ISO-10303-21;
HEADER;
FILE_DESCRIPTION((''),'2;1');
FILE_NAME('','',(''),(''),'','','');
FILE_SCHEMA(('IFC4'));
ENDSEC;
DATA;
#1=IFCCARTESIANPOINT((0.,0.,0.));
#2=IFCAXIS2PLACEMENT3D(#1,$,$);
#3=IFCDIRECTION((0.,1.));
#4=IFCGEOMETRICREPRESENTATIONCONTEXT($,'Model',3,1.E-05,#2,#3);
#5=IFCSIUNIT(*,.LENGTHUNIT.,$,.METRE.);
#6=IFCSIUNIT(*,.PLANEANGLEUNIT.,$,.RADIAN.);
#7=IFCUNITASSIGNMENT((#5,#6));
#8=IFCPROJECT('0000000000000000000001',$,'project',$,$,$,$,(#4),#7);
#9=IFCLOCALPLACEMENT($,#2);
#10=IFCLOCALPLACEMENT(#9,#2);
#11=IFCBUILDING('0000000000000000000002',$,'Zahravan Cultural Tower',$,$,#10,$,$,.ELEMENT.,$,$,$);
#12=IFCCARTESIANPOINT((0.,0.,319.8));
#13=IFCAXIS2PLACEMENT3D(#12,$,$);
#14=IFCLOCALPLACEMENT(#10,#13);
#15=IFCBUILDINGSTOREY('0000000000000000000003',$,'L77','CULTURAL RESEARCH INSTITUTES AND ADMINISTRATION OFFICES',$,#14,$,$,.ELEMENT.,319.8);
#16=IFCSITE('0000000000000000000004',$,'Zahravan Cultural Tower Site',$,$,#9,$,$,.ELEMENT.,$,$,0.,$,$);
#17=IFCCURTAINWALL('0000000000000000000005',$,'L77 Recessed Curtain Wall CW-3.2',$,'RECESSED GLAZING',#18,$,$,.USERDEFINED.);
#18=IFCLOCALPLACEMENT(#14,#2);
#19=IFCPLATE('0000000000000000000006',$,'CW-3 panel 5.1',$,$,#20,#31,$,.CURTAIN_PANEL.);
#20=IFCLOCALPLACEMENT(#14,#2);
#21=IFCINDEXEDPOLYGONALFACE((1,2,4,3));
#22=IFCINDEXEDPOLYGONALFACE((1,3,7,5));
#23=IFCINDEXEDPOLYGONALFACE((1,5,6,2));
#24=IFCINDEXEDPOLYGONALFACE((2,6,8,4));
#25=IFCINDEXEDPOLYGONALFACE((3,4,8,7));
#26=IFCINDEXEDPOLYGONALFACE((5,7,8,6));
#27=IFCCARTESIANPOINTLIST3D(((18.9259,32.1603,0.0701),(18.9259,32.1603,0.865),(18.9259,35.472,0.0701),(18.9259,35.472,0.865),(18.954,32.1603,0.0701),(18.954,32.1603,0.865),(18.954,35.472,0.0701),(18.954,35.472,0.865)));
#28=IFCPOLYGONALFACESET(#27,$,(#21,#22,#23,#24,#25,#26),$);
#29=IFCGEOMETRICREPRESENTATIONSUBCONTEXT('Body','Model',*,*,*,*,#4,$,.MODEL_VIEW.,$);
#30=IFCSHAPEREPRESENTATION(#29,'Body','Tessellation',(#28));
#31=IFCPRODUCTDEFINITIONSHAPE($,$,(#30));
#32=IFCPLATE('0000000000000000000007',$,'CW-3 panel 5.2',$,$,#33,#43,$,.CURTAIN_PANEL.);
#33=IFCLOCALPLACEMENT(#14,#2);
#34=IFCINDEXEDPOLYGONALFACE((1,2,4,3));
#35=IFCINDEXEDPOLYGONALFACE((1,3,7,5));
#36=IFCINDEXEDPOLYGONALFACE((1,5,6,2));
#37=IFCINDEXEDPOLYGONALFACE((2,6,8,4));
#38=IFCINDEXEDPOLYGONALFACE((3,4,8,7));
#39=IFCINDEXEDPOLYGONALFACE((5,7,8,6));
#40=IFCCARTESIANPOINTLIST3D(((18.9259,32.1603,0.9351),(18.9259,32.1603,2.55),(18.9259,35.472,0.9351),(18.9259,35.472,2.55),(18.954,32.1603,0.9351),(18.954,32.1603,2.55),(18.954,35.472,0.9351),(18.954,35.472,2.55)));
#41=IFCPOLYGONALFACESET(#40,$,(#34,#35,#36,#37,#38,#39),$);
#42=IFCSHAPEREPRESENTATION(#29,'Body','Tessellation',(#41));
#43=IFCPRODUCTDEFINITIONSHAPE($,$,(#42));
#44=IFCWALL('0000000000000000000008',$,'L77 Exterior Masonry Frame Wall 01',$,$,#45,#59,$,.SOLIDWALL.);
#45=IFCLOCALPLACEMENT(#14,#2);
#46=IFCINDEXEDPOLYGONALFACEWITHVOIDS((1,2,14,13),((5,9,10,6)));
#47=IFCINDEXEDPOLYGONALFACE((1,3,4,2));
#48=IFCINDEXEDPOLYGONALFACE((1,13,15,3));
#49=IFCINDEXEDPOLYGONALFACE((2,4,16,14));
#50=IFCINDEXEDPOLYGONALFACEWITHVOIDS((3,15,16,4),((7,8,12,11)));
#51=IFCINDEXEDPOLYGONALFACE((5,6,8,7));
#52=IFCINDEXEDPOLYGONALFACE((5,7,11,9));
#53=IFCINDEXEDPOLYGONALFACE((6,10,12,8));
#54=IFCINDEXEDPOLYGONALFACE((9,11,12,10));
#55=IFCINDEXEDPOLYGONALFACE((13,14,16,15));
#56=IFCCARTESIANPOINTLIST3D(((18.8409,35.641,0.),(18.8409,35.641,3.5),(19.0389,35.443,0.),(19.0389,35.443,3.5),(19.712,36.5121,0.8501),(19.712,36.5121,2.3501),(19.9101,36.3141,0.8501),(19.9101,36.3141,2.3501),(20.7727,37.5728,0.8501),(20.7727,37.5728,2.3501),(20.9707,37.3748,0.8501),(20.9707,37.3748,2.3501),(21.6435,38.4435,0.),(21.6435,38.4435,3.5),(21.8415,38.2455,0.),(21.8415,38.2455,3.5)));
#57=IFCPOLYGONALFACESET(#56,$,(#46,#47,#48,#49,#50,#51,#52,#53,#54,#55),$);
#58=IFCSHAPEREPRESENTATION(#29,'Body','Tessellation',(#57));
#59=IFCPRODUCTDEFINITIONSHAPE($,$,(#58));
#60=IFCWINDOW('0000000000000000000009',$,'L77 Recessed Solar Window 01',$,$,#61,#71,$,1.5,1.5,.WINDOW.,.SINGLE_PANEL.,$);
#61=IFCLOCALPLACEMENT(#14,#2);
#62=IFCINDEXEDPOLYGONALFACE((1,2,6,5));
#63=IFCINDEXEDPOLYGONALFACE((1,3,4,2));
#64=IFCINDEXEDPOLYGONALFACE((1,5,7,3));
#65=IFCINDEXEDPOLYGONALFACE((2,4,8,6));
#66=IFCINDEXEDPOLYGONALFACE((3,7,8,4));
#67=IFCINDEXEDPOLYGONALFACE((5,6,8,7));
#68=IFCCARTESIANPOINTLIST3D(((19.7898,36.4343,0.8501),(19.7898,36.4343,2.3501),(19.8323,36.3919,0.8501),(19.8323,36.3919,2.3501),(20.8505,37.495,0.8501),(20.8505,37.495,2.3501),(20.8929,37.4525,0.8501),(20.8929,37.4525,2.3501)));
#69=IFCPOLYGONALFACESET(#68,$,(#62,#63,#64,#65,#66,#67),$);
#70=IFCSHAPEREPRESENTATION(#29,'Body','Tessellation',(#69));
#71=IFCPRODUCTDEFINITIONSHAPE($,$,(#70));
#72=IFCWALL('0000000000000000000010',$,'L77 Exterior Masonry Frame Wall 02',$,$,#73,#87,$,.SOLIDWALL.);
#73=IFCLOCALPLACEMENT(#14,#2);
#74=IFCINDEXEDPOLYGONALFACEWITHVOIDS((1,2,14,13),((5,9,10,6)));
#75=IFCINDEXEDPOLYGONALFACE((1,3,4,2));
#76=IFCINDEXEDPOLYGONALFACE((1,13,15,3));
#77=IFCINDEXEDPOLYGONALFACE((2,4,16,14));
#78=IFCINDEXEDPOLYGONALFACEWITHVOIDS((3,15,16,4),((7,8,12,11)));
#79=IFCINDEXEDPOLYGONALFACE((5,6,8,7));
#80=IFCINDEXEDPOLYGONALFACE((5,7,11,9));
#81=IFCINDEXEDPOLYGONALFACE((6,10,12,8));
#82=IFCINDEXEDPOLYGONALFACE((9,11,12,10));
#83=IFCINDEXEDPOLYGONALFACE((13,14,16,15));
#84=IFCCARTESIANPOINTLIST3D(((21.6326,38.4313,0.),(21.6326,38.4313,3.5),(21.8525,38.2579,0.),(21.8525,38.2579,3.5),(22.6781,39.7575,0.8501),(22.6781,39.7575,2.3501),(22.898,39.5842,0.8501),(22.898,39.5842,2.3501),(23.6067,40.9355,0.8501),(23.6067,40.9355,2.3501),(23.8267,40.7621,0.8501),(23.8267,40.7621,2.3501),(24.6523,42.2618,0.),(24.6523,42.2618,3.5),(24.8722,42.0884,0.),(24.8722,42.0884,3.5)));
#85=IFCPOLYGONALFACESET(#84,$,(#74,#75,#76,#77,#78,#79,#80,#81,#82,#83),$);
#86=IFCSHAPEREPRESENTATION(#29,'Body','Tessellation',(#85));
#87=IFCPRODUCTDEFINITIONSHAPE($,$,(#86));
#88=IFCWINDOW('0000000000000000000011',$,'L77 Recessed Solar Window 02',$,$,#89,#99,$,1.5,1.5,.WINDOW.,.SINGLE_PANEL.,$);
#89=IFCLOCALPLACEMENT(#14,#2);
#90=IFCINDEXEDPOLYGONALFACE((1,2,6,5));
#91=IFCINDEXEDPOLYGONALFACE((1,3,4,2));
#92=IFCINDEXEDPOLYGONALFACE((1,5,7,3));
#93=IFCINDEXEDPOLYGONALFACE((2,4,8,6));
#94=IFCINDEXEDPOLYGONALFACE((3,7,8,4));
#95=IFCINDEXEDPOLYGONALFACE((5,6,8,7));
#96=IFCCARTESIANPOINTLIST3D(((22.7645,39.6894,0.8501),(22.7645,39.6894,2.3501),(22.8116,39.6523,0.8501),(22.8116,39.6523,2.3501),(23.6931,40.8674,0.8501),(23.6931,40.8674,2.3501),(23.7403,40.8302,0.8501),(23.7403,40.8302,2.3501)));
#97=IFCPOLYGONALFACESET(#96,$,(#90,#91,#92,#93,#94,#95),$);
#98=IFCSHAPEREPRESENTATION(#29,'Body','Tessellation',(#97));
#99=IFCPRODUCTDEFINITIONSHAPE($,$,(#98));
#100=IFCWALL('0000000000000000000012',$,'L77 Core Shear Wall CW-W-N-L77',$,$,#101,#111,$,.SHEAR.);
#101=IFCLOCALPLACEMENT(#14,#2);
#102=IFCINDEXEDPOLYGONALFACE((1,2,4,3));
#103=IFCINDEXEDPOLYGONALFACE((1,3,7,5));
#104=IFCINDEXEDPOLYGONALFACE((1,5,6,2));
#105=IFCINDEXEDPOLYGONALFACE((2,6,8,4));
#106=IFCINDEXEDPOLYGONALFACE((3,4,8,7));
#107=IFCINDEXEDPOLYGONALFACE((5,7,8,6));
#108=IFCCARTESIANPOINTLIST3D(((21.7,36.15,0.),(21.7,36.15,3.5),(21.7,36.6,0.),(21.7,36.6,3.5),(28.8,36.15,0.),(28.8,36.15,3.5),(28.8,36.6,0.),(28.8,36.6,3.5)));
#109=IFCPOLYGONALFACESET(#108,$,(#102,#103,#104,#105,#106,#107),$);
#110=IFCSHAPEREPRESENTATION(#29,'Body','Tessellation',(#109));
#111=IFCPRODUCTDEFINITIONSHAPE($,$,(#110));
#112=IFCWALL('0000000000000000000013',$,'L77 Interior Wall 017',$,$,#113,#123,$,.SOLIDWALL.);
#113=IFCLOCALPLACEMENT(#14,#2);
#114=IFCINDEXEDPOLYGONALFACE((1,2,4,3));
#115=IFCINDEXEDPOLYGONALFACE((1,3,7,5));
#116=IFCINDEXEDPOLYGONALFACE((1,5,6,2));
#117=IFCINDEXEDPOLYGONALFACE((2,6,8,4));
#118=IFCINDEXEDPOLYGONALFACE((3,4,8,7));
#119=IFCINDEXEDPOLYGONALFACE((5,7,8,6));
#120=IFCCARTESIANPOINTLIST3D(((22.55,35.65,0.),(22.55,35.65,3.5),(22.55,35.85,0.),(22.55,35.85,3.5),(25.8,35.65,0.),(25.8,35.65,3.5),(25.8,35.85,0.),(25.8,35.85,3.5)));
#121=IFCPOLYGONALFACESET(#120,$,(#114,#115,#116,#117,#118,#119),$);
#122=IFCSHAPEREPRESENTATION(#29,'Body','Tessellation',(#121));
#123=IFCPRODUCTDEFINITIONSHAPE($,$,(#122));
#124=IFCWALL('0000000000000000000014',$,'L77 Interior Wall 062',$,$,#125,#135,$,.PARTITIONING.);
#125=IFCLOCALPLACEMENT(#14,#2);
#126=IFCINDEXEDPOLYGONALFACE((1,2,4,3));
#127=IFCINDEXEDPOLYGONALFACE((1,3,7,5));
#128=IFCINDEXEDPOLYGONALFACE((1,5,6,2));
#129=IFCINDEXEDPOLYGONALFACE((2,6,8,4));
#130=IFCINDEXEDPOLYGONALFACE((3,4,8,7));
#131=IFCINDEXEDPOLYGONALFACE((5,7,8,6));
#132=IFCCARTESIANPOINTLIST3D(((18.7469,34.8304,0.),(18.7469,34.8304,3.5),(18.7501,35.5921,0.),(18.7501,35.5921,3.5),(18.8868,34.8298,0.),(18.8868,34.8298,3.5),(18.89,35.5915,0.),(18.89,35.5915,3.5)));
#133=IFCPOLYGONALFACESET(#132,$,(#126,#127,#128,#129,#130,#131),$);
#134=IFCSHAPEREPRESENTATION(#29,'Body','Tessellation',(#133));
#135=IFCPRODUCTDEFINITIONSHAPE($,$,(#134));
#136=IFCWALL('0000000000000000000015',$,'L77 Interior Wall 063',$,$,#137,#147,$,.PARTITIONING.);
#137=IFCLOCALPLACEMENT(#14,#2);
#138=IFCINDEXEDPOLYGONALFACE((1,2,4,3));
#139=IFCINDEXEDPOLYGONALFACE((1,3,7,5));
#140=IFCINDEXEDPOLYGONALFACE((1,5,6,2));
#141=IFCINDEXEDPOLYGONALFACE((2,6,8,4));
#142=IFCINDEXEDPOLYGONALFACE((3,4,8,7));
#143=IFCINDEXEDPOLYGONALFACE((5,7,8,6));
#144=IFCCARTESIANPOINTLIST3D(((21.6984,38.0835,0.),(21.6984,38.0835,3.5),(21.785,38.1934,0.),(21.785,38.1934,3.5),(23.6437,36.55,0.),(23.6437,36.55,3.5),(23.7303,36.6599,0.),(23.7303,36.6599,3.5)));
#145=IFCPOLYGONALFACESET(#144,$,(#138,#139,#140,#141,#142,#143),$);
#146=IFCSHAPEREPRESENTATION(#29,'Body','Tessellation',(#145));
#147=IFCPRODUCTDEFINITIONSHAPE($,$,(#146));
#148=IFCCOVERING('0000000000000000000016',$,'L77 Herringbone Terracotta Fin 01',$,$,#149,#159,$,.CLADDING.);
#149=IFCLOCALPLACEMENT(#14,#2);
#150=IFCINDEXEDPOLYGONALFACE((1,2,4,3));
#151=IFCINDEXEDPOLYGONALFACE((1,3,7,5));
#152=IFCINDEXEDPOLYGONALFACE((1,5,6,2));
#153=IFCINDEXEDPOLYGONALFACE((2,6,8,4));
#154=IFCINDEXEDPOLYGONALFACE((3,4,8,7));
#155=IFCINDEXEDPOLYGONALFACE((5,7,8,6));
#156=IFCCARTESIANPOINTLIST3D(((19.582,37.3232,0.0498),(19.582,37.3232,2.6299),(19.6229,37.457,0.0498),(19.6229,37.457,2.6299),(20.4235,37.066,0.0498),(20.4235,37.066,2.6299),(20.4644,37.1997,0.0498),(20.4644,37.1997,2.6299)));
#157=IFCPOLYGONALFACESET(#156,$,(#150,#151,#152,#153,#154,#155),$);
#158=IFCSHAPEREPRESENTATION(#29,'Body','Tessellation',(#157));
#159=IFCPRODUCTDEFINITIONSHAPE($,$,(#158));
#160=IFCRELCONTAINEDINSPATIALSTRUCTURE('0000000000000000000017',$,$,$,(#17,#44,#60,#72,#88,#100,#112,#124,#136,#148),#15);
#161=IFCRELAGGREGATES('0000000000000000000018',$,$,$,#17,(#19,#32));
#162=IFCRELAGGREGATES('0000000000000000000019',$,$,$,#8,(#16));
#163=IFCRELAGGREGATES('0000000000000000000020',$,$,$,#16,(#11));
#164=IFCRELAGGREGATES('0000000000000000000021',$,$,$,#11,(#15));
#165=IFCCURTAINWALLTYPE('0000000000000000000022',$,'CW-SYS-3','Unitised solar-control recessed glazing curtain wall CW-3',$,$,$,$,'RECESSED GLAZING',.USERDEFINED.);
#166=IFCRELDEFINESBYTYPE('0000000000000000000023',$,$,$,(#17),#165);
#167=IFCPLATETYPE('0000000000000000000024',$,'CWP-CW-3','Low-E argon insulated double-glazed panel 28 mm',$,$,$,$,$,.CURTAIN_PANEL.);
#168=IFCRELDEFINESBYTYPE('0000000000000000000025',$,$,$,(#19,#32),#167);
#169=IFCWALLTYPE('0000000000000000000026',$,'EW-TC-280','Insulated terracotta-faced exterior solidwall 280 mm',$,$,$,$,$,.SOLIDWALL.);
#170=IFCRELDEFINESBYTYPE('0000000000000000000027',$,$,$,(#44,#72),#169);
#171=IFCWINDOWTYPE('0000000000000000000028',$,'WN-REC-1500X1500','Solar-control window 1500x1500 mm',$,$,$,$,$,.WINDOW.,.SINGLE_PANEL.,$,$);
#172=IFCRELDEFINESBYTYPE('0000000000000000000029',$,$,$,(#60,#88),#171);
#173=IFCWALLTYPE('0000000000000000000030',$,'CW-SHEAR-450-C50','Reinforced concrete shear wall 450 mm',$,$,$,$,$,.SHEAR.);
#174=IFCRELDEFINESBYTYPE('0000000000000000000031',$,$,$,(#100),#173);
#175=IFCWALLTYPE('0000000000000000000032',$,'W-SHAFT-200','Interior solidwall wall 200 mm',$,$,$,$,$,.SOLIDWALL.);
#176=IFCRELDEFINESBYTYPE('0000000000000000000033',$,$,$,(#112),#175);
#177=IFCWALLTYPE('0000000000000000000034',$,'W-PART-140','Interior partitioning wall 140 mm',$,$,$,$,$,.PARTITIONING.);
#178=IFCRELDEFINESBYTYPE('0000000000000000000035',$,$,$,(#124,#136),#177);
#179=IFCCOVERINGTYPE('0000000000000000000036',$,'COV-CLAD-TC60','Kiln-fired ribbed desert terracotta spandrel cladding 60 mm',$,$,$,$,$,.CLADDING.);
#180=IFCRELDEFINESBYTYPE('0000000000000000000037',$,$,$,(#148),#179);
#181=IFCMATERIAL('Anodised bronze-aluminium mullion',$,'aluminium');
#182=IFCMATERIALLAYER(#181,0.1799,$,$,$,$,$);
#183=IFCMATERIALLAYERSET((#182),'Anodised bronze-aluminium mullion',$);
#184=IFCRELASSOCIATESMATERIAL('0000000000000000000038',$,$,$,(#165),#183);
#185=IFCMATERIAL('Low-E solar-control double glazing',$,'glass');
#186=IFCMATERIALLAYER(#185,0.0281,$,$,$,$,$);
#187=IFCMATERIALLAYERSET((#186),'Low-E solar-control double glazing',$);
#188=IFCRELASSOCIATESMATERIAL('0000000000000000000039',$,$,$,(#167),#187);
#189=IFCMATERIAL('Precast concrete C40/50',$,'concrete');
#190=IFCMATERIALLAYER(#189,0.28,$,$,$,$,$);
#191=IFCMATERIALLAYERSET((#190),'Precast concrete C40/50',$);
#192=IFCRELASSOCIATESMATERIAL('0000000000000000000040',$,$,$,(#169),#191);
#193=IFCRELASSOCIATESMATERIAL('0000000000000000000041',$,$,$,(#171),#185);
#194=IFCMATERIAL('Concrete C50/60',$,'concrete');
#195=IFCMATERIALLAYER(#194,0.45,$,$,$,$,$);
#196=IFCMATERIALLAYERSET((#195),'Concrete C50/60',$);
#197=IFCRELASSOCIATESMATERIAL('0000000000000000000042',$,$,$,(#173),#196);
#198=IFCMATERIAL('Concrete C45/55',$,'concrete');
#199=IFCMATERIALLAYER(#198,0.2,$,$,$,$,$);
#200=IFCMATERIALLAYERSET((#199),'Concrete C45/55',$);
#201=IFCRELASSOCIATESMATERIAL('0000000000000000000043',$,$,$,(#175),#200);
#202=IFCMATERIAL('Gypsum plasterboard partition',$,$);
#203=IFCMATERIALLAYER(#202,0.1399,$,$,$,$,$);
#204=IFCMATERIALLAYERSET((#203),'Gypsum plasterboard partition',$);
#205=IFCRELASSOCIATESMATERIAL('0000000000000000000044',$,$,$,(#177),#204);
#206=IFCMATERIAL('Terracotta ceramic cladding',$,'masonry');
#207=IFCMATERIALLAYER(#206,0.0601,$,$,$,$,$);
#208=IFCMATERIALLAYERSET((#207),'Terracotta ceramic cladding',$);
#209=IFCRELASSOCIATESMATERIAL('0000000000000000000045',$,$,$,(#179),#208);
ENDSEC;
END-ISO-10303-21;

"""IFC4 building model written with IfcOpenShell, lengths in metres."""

from ifc_helpers import new_model, si_unit, direction, frame, frame_2d, origin, origin_2d, place, context, subcontext, project, spatial, rectangle, extrude, source, transform, mapped, material, layer, layer_set, type_object, element, fill, aggregate, save


model = new_model("IFC4")

# Units and contexts
model_context = context("Model", 3, precision=1e-05, world=origin(), true_north=direction((0.0, 1.0)))
body_context = subcontext(model_context, "Body", "Model", "MODEL_VIEW")
ifc_project = project(units=[si_unit("LENGTHUNIT", "METRE"), si_unit("PLANEANGLEUNIT", "RADIAN")], contexts=[model_context])

# Site, building, storey
site_placement = place(None, origin())
site = spatial("IfcSite", under=ifc_project, at=site_placement, Name="Zahravan Cultural Tower Site", CompositionType="ELEMENT", RefElevation=0.0)
building_placement = place(site_placement, origin())
building = spatial("IfcBuilding", under=site, at=building_placement, Name="Zahravan Cultural Tower", CompositionType="ELEMENT")
storey_placement = place(building_placement, frame((0.0, 0.0, 319.8)))
storey = spatial("IfcBuildingStorey", under=building, at=storey_placement, Name="L77", Description="CULTURAL RESEARCH INSTITUTES AND ADMINISTRATION OFFICES", CompositionType="ELEMENT", Elevation=319.8)

# Shared definitions
ifc_material_1 = material(Name="Concrete C50/60", Category="concrete")

# Curtain wall, plates
ifc_material_2 = material(Name="Anodised bronze-aluminium mullion", Category="aluminium")
ifc_layer_1 = layer(ifc_material_2, 0.1799)
ifc_layer_set_1 = layer_set([ifc_layer_1], Name="Anodised bronze-aluminium mullion")
curtain_wall_type = type_object("IfcCurtainWallType", Name="CW-SYS-3", Description="Unitised solar-control recessed glazing curtain wall CW-3", ElementType="RECESSED GLAZING", PredefinedType="USERDEFINED", material=ifc_layer_set_1)
curtain_wall_placement = place(storey_placement, origin())
curtain_wall = element("IfcCurtainWall", 1, at=curtain_wall_placement, inside=storey, type_object=curtain_wall_type, Name="L77 Recessed Curtain Wall CW-3.2", ObjectType="RECESSED GLAZING", PredefinedType="USERDEFINED")
ifc_material_3 = material(Name="Low-E solar-control double glazing", Category="glass")
ifc_layer_2 = layer(ifc_material_3, 0.0281)
ifc_layer_set_2 = layer_set([ifc_layer_2], Name="Low-E solar-control double glazing")
plate_type = type_object("IfcPlateType", Name="CWP-CW-3", Description="Low-E argon insulated double-glazed panel 28 mm", PredefinedType="CURTAIN_PANEL", material=ifc_layer_set_2)
shared_shape_1 = source(origin(), body_context, "Body", "SweptSolid", [
    extrude(rectangle(XDim=3.3118, YDim=0.0281, at=origin_2d()), origin(), (0.0, 0.0, 1.0), 0.7949),
])
plate_1_placement = place(storey_placement, frame((18.9399, 33.8162, 0.0701), z_axis=(0.0, 0.0, 1.0), x_axis=(0.0, 1.0, 0.0)))
plate_1 = element("IfcPlate", 2, at=plate_1_placement, type_object=plate_type, Name="CW-3 panel 5.1", PredefinedType="CURTAIN_PANEL", context=body_context, shape_type="MappedRepresentation", body=[
    mapped(shared_shape_1, transform((0.0, 0.0, 0.0), x_axis=(1.0, 0.0, 0.0), y_axis=(0.0, 1.0, 0.0), z_axis=(0.0, 0.0, 1.0), scale=1.0)),
])
shared_shape_2 = source(origin(), body_context, "Body", "SweptSolid", [
    extrude(rectangle(XDim=3.3118, YDim=0.0281, at=origin_2d()), origin(), (0.0, 0.0, 1.0), 1.615),
])
plate_2_placement = place(storey_placement, frame((18.9399, 33.8162, 0.9351), z_axis=(0.0, 0.0, 1.0), x_axis=(0.0, 1.0, 0.0)))
plate_2 = element("IfcPlate", 3, at=plate_2_placement, type_object=plate_type, Name="CW-3 panel 5.2", PredefinedType="CURTAIN_PANEL", context=body_context, shape_type="MappedRepresentation", body=[
    mapped(shared_shape_2, transform((0.0, 0.0, 0.0), x_axis=(1.0, 0.0, 0.0), y_axis=(0.0, 1.0, 0.0), z_axis=(0.0, 0.0, 1.0), scale=1.0)),
])
aggregate(curtain_wall, [plate_1, plate_2])

# Walls, openings, windows
ifc_material_4 = material(Name="Precast concrete C40/50", Category="concrete")
ifc_layer_3 = layer(ifc_material_4, 0.28)
ifc_layer_set_3 = layer_set([ifc_layer_3], Name="Precast concrete C40/50")
wall_type_1 = type_object("IfcWallType", Name="EW-TC-280", Description="Insulated terracotta-faced exterior solidwall 280 mm", PredefinedType="SOLIDWALL", material=ifc_layer_set_3)
wall_1_placement = place(storey_placement, frame((18.9399, 35.542, 0.0), z_axis=(0.0, 0.0, 1.0), x_axis=(0.707107, 0.707107, 0.0)))
wall_1 = element("IfcWall", 4, at=wall_1_placement, inside=storey, type_object=wall_type_1, Name="L77 Exterior Masonry Frame Wall 01", PredefinedType="SOLIDWALL", context=body_context, shape_type="SweptSolid", body=[
    extrude(rectangle(XDim=3.9634, YDim=0.28, at=frame_2d((1.9817, 0.0))), origin(), (0.0, 0.0, 1.0), 3.5),
])
opening_1_placement = place(wall_1_placement, frame((1.2319, 0.0, 0.8501)))
opening_1 = element("IfcOpeningElement", 5, at=opening_1_placement, cuts=wall_1, PredefinedType="OPENING", context=body_context, shape_type="SweptSolid", body=[
    extrude(rectangle(XDim=1.5, YDim=1.5, at=frame_2d((0.75, 0.75))), frame((0.0, 0.1499, 0.0), z_axis=(0.0, -1.0, 0.0), x_axis=(1.0, 0.0, 0.0)), (0.0, 0.0, 1.0), 0.3),
])
window_type = type_object("IfcWindowType", Name="WN-REC-1500X1500", Description="Solar-control window 1500x1500 mm", PartitioningType="SINGLE_PANEL", PredefinedType="WINDOW", material=ifc_material_3)
shared_shape_3 = source(origin(), body_context, "Body", "SweptSolid", [
    extrude(rectangle(XDim=1.5, YDim=1.5, at=frame_2d((0.75, 0.75))), frame((0.0, 0.03, 0.0), z_axis=(0.0, -1.0, 0.0), x_axis=(1.0, 0.0, 0.0)), (0.0, 0.0, 1.0), 0.0601),
])
window_1_placement = place(opening_1_placement, origin())
window_1 = element("IfcWindow", 6, at=window_1_placement, inside=storey, type_object=window_type, Name="L77 Recessed Solar Window 01", OverallHeight=1.5, OverallWidth=1.5, PartitioningType="SINGLE_PANEL", PredefinedType="WINDOW", context=body_context, shape_type="MappedRepresentation", body=[
    mapped(shared_shape_3, transform((0.0, 0.0, 0.0), x_axis=(1.0, 0.0, 0.0), y_axis=(0.0, 1.0, 0.0), z_axis=(0.0, 0.0, 1.0), scale=1.0)),
])
fill(opening_1, window_1)
wall_2_placement = place(storey_placement, frame((21.7424, 38.3445, 0.0), z_axis=(0.0, 0.0, 1.0), x_axis=(0.619094, 0.785317, 0.0)))
wall_2 = element("IfcWall", 7, at=wall_2_placement, inside=storey, type_object=wall_type_1, Name="L77 Exterior Masonry Frame Wall 02", PredefinedType="SOLIDWALL", context=body_context, shape_type="SweptSolid", body=[
    extrude(rectangle(XDim=4.8777, YDim=0.28, at=frame_2d((2.439, 0.0))), origin(), (0.0, 0.0, 1.0), 3.5),
])
opening_2_placement = place(wall_2_placement, frame((1.689, 0.0, 0.8501)))
opening_2 = element("IfcOpeningElement", 8, at=opening_2_placement, cuts=wall_2, PredefinedType="OPENING", context=body_context, shape_type="SweptSolid", body=[
    extrude(rectangle(XDim=1.5, YDim=1.5, at=frame_2d((0.75, 0.75))), frame((0.0, 0.1499, 0.0), z_axis=(0.0, -1.0, 0.0), x_axis=(1.0, 0.0, 0.0)), (0.0, 0.0, 1.0), 0.3),
])
window_2_placement = place(opening_2_placement, origin())
window_2 = element("IfcWindow", 9, at=window_2_placement, inside=storey, type_object=window_type, Name="L77 Recessed Solar Window 02", OverallHeight=1.5, OverallWidth=1.5, PartitioningType="SINGLE_PANEL", PredefinedType="WINDOW", context=body_context, shape_type="MappedRepresentation", body=[
    mapped(shared_shape_3, transform((0.0, 0.0, 0.0), x_axis=(1.0, 0.0, 0.0), y_axis=(0.0, 1.0, 0.0), z_axis=(0.0, 0.0, 1.0), scale=1.0)),
])
fill(opening_2, window_2)

# Walls
ifc_layer_4 = layer(ifc_material_1, 0.45)
ifc_layer_set_4 = layer_set([ifc_layer_4], Name="Concrete C50/60")
wall_type_2 = type_object("IfcWallType", Name="CW-SHEAR-450-C50", Description="Reinforced concrete shear wall 450 mm", PredefinedType="SHEAR", material=ifc_layer_set_4)
shared_shape_4 = source(origin(), body_context, "Body", "SweptSolid", [
    extrude(rectangle(XDim=7.1001, YDim=0.45, at=frame_2d((3.55, 0.0))), origin(), (0.0, 0.0, 1.0), 3.5),
])
wall_3_placement = place(storey_placement, frame((21.7, 36.375, 0.0), z_axis=(0.0, 0.0, 1.0), x_axis=(1.0, 0.0, 0.0)))
element("IfcWall", 10, at=wall_3_placement, inside=storey, type_object=wall_type_2, Name="L77 Core Shear Wall CW-W-N-L77", PredefinedType="SHEAR", context=body_context, shape_type="MappedRepresentation", body=[
    mapped(shared_shape_4, transform((0.0, 0.0, 0.0), x_axis=(1.0, 0.0, 0.0), y_axis=(0.0, 1.0, 0.0), z_axis=(0.0, 0.0, 1.0), scale=1.0)),
])
ifc_material_5 = material(Name="Concrete C45/55", Category="concrete")
ifc_layer_5 = layer(ifc_material_5, 0.2)
ifc_layer_set_5 = layer_set([ifc_layer_5], Name="Concrete C45/55")
wall_type_3 = type_object("IfcWallType", Name="W-SHAFT-200", Description="Interior solidwall wall 200 mm", PredefinedType="SOLIDWALL", material=ifc_layer_set_5)
shared_shape_5 = source(origin(), body_context, "Body", "SweptSolid", [
    extrude(rectangle(XDim=3.25, YDim=0.2, at=frame_2d((1.625, 0.0))), origin(), (0.0, 0.0, 1.0), 3.5),
])
wall_4_placement = place(storey_placement, frame((22.55, 35.75, 0.0), z_axis=(0.0, 0.0, 1.0), x_axis=(1.0, 0.0, 0.0)))
element("IfcWall", 11, at=wall_4_placement, inside=storey, type_object=wall_type_3, Name="L77 Interior Wall 017", PredefinedType="SOLIDWALL", context=body_context, shape_type="MappedRepresentation", body=[
    mapped(shared_shape_5, transform((0.0, 0.0, 0.0), x_axis=(1.0, 0.0, 0.0), y_axis=(0.0, 1.0, 0.0), z_axis=(0.0, 0.0, 1.0), scale=1.0)),
])
ifc_material_6 = material(Name="Gypsum plasterboard partition")
ifc_layer_6 = layer(ifc_material_6, 0.1399)
ifc_layer_set_6 = layer_set([ifc_layer_6], Name="Gypsum plasterboard partition")
wall_type_4 = type_object("IfcWallType", Name="W-PART-140", Description="Interior partitioning wall 140 mm", PredefinedType="PARTITIONING", material=ifc_layer_set_6)
shared_shape_6 = source(origin(), body_context, "Body", "SweptSolid", [
    extrude(rectangle(XDim=0.7617, YDim=0.1399, at=frame_2d((0.3809, 0.0))), origin(), (0.0, 0.0, 1.0), 3.5),
])
wall_5_placement = place(storey_placement, frame((18.8169, 34.8301, 0.0), z_axis=(0.0, 0.0, 1.0), x_axis=(0.004167, 0.999991, 0.0)))
element("IfcWall", 12, at=wall_5_placement, inside=storey, type_object=wall_type_4, Name="L77 Interior Wall 062", PredefinedType="PARTITIONING", context=body_context, shape_type="MappedRepresentation", body=[
    mapped(shared_shape_6, transform((0.0, 0.0, 0.0), x_axis=(1.0, 0.0, 0.0), y_axis=(0.0, 1.0, 0.0), z_axis=(0.0, 0.0, 1.0), scale=1.0)),
])
shared_shape_7 = source(origin(), body_context, "Body", "SweptSolid", [
    extrude(rectangle(XDim=2.4771, YDim=0.1399, at=frame_2d((1.2385, 0.0))), origin(), (0.0, 0.0, 1.0), 3.5),
])
wall_6_placement = place(storey_placement, frame((21.7417, 38.1384, 0.0), z_axis=(0.0, 0.0, 1.0), x_axis=(0.785339, -0.619066, 0.0)))
element("IfcWall", 13, at=wall_6_placement, inside=storey, type_object=wall_type_4, Name="L77 Interior Wall 063", PredefinedType="PARTITIONING", context=body_context, shape_type="MappedRepresentation", body=[
    mapped(shared_shape_7, transform((0.0, 0.0, 0.0), x_axis=(1.0, 0.0, 0.0), y_axis=(0.0, 1.0, 0.0), z_axis=(0.0, 0.0, 1.0), scale=1.0)),
])

# Covering
ifc_material_7 = material(Name="Terracotta ceramic cladding", Category="masonry")
ifc_layer_7 = layer(ifc_material_7, 0.0601)
ifc_layer_set_7 = layer_set([ifc_layer_7], Name="Terracotta ceramic cladding")
covering_type = type_object("IfcCoveringType", Name="COV-CLAD-TC60", Description="Kiln-fired ribbed desert terracotta spandrel cladding 60 mm", PredefinedType="CLADDING", material=ifc_layer_set_7)
shared_shape_8 = source(origin(), body_context, "Body", "SweptSolid", [
    extrude(rectangle(XDim=0.8799, YDim=0.1399, at=origin_2d()), origin(), (0.0, 0.0, 1.0), 2.5801),
])
for number, where, z_axis, x_axis, name in (
    (14, (20.0232, 37.2615, 0.0498), (0.0, 0.0, 1.0), (-0.956305, 0.292372, 0.0), "L77 Herringbone Terracotta Fin 01"),
):
    element("IfcCovering", number, at=place(storey_placement, frame(where, z_axis=z_axis, x_axis=x_axis)), inside=storey, type_object=covering_type, Name=name, PredefinedType="CLADDING", context=body_context, shape_type="MappedRepresentation", body=[
        mapped(shared_shape_8, transform((0.0, 0.0, 0.0), x_axis=(1.0, 0.0, 0.0), y_axis=(0.0, 1.0, 0.0), z_axis=(0.0, 0.0, 1.0), scale=1.0)),
    ])

save(model, "model.ifc")
